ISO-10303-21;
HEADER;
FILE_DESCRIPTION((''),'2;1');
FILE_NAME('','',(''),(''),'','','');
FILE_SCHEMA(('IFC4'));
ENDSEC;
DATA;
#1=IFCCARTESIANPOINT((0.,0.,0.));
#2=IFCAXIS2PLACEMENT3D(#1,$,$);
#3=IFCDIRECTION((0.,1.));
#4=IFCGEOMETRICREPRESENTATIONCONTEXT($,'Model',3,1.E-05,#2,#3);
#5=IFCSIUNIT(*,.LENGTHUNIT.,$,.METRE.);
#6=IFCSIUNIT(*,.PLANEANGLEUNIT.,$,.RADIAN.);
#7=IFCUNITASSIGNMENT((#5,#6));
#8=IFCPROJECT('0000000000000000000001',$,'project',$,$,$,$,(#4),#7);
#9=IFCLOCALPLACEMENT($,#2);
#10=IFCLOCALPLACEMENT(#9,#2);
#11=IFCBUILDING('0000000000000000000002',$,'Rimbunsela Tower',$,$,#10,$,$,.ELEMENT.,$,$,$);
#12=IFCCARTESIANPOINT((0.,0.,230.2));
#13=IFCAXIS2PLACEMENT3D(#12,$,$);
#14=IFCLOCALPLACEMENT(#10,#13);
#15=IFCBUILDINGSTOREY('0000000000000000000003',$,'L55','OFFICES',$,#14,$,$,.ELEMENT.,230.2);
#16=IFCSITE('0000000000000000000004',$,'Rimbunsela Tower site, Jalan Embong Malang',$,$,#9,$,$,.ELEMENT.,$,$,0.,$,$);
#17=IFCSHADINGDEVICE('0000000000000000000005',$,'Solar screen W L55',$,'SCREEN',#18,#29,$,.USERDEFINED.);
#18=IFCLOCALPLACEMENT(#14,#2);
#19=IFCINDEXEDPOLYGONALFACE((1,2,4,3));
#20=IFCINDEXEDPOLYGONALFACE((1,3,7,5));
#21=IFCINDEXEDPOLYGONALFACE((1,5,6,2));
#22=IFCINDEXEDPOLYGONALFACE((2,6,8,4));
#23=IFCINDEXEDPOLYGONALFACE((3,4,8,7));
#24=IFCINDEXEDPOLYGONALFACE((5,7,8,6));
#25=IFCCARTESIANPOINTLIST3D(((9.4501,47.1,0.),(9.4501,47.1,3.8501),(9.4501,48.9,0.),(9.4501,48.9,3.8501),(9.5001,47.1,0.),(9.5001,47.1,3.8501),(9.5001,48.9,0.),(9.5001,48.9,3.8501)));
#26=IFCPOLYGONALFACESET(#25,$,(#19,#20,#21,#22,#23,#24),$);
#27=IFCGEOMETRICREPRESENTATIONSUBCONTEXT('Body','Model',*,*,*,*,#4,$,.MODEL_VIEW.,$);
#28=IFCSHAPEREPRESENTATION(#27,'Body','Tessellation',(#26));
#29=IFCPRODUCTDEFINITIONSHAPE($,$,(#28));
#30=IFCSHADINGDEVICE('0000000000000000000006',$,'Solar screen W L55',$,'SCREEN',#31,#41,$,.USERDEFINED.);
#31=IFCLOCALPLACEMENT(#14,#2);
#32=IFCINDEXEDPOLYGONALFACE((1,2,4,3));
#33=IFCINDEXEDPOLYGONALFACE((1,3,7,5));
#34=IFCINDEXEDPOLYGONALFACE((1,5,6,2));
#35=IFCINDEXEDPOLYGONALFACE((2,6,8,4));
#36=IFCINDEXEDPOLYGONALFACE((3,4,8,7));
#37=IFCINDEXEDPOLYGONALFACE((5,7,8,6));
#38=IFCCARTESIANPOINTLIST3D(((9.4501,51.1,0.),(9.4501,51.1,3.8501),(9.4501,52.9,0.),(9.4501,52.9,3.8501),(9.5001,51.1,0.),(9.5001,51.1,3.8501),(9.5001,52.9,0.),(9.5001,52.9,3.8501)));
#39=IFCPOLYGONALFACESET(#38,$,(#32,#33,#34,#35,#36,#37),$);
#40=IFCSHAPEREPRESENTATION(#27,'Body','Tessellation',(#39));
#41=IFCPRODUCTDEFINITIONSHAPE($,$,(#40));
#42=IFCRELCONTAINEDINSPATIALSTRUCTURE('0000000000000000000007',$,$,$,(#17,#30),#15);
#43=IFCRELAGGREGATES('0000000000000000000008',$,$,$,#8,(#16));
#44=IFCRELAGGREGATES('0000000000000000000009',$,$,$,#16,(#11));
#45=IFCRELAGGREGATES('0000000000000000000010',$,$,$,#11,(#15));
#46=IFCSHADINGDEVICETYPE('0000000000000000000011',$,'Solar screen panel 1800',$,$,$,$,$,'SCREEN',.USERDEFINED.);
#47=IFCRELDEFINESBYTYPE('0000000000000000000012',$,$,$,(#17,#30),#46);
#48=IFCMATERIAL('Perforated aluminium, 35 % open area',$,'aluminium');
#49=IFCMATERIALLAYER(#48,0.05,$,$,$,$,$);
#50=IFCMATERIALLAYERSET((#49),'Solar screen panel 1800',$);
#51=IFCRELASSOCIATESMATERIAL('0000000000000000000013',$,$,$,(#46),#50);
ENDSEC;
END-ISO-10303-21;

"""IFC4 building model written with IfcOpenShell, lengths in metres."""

from ifc_helpers import new_model, si_unit, direction, frame, origin, origin_2d, place, context, subcontext, project, spatial, rectangle, extrude, material, layer, layer_set, type_object, element, save


model = new_model("IFC4")

# Units and contexts
model_context = context("Model", 3, precision=1e-05, world=origin(), true_north=direction((0.0, 1.0)))
body_context = subcontext(model_context, "Body", "Model", "MODEL_VIEW")
ifc_project = project(units=[si_unit("LENGTHUNIT", "METRE"), si_unit("PLANEANGLEUNIT", "RADIAN")], contexts=[model_context])

# Site, building, storey
site_placement = place(None, origin())
site = spatial("IfcSite", under=ifc_project, at=site_placement, Name="Rimbunsela Tower site, Jalan Embong Malang", CompositionType="ELEMENT", RefElevation=0.0)
building_placement = place(site_placement, origin())
building = spatial("IfcBuilding", under=site, at=building_placement, Name="Rimbunsela Tower", CompositionType="ELEMENT")
storey_placement = place(building_placement, frame((0.0, 0.0, 230.2)))
storey = spatial("IfcBuildingStorey", under=building, at=storey_placement, Name="L55", Description="OFFICES", CompositionType="ELEMENT", Elevation=230.2)

# Shading devices
ifc_material_1 = material(Name="Perforated aluminium, 35 % open area", Category="aluminium")
ifc_layer_1 = layer(ifc_material_1, 0.05)
ifc_layer_set_1 = layer_set([ifc_layer_1], Name="Solar screen panel 1800")
shading_device_type = type_object("IfcShadingDeviceType", Name="Solar screen panel 1800", ElementType="SCREEN", PredefinedType="USERDEFINED", material=ifc_layer_set_1)
for number, where, z_axis, x_axis, name in (
    (1, (9.4751, 48.0, 0.0), (0.0, 0.0, 1.0), (0.0, 1.0, 0.0), "Solar screen W L55"),
    (2, (9.4751, 52.0, 0.0), (0.0, 0.0, 1.0), (0.0, 1.0, 0.0), "Solar screen W L55"),
):
    element("IfcShadingDevice", number, at=place(storey_placement, frame(where, z_axis=z_axis, x_axis=x_axis)), inside=storey, type_object=shading_device_type, Name=name, ObjectType="SCREEN", PredefinedType="USERDEFINED", context=body_context, shape_type="SweptSolid", body=[
        extrude(rectangle(XDim=1.8, YDim=0.05, at=origin_2d()), origin(), (0.0, 0.0, 1.0), 3.8501),
    ])

save(model, "model.ifc")
